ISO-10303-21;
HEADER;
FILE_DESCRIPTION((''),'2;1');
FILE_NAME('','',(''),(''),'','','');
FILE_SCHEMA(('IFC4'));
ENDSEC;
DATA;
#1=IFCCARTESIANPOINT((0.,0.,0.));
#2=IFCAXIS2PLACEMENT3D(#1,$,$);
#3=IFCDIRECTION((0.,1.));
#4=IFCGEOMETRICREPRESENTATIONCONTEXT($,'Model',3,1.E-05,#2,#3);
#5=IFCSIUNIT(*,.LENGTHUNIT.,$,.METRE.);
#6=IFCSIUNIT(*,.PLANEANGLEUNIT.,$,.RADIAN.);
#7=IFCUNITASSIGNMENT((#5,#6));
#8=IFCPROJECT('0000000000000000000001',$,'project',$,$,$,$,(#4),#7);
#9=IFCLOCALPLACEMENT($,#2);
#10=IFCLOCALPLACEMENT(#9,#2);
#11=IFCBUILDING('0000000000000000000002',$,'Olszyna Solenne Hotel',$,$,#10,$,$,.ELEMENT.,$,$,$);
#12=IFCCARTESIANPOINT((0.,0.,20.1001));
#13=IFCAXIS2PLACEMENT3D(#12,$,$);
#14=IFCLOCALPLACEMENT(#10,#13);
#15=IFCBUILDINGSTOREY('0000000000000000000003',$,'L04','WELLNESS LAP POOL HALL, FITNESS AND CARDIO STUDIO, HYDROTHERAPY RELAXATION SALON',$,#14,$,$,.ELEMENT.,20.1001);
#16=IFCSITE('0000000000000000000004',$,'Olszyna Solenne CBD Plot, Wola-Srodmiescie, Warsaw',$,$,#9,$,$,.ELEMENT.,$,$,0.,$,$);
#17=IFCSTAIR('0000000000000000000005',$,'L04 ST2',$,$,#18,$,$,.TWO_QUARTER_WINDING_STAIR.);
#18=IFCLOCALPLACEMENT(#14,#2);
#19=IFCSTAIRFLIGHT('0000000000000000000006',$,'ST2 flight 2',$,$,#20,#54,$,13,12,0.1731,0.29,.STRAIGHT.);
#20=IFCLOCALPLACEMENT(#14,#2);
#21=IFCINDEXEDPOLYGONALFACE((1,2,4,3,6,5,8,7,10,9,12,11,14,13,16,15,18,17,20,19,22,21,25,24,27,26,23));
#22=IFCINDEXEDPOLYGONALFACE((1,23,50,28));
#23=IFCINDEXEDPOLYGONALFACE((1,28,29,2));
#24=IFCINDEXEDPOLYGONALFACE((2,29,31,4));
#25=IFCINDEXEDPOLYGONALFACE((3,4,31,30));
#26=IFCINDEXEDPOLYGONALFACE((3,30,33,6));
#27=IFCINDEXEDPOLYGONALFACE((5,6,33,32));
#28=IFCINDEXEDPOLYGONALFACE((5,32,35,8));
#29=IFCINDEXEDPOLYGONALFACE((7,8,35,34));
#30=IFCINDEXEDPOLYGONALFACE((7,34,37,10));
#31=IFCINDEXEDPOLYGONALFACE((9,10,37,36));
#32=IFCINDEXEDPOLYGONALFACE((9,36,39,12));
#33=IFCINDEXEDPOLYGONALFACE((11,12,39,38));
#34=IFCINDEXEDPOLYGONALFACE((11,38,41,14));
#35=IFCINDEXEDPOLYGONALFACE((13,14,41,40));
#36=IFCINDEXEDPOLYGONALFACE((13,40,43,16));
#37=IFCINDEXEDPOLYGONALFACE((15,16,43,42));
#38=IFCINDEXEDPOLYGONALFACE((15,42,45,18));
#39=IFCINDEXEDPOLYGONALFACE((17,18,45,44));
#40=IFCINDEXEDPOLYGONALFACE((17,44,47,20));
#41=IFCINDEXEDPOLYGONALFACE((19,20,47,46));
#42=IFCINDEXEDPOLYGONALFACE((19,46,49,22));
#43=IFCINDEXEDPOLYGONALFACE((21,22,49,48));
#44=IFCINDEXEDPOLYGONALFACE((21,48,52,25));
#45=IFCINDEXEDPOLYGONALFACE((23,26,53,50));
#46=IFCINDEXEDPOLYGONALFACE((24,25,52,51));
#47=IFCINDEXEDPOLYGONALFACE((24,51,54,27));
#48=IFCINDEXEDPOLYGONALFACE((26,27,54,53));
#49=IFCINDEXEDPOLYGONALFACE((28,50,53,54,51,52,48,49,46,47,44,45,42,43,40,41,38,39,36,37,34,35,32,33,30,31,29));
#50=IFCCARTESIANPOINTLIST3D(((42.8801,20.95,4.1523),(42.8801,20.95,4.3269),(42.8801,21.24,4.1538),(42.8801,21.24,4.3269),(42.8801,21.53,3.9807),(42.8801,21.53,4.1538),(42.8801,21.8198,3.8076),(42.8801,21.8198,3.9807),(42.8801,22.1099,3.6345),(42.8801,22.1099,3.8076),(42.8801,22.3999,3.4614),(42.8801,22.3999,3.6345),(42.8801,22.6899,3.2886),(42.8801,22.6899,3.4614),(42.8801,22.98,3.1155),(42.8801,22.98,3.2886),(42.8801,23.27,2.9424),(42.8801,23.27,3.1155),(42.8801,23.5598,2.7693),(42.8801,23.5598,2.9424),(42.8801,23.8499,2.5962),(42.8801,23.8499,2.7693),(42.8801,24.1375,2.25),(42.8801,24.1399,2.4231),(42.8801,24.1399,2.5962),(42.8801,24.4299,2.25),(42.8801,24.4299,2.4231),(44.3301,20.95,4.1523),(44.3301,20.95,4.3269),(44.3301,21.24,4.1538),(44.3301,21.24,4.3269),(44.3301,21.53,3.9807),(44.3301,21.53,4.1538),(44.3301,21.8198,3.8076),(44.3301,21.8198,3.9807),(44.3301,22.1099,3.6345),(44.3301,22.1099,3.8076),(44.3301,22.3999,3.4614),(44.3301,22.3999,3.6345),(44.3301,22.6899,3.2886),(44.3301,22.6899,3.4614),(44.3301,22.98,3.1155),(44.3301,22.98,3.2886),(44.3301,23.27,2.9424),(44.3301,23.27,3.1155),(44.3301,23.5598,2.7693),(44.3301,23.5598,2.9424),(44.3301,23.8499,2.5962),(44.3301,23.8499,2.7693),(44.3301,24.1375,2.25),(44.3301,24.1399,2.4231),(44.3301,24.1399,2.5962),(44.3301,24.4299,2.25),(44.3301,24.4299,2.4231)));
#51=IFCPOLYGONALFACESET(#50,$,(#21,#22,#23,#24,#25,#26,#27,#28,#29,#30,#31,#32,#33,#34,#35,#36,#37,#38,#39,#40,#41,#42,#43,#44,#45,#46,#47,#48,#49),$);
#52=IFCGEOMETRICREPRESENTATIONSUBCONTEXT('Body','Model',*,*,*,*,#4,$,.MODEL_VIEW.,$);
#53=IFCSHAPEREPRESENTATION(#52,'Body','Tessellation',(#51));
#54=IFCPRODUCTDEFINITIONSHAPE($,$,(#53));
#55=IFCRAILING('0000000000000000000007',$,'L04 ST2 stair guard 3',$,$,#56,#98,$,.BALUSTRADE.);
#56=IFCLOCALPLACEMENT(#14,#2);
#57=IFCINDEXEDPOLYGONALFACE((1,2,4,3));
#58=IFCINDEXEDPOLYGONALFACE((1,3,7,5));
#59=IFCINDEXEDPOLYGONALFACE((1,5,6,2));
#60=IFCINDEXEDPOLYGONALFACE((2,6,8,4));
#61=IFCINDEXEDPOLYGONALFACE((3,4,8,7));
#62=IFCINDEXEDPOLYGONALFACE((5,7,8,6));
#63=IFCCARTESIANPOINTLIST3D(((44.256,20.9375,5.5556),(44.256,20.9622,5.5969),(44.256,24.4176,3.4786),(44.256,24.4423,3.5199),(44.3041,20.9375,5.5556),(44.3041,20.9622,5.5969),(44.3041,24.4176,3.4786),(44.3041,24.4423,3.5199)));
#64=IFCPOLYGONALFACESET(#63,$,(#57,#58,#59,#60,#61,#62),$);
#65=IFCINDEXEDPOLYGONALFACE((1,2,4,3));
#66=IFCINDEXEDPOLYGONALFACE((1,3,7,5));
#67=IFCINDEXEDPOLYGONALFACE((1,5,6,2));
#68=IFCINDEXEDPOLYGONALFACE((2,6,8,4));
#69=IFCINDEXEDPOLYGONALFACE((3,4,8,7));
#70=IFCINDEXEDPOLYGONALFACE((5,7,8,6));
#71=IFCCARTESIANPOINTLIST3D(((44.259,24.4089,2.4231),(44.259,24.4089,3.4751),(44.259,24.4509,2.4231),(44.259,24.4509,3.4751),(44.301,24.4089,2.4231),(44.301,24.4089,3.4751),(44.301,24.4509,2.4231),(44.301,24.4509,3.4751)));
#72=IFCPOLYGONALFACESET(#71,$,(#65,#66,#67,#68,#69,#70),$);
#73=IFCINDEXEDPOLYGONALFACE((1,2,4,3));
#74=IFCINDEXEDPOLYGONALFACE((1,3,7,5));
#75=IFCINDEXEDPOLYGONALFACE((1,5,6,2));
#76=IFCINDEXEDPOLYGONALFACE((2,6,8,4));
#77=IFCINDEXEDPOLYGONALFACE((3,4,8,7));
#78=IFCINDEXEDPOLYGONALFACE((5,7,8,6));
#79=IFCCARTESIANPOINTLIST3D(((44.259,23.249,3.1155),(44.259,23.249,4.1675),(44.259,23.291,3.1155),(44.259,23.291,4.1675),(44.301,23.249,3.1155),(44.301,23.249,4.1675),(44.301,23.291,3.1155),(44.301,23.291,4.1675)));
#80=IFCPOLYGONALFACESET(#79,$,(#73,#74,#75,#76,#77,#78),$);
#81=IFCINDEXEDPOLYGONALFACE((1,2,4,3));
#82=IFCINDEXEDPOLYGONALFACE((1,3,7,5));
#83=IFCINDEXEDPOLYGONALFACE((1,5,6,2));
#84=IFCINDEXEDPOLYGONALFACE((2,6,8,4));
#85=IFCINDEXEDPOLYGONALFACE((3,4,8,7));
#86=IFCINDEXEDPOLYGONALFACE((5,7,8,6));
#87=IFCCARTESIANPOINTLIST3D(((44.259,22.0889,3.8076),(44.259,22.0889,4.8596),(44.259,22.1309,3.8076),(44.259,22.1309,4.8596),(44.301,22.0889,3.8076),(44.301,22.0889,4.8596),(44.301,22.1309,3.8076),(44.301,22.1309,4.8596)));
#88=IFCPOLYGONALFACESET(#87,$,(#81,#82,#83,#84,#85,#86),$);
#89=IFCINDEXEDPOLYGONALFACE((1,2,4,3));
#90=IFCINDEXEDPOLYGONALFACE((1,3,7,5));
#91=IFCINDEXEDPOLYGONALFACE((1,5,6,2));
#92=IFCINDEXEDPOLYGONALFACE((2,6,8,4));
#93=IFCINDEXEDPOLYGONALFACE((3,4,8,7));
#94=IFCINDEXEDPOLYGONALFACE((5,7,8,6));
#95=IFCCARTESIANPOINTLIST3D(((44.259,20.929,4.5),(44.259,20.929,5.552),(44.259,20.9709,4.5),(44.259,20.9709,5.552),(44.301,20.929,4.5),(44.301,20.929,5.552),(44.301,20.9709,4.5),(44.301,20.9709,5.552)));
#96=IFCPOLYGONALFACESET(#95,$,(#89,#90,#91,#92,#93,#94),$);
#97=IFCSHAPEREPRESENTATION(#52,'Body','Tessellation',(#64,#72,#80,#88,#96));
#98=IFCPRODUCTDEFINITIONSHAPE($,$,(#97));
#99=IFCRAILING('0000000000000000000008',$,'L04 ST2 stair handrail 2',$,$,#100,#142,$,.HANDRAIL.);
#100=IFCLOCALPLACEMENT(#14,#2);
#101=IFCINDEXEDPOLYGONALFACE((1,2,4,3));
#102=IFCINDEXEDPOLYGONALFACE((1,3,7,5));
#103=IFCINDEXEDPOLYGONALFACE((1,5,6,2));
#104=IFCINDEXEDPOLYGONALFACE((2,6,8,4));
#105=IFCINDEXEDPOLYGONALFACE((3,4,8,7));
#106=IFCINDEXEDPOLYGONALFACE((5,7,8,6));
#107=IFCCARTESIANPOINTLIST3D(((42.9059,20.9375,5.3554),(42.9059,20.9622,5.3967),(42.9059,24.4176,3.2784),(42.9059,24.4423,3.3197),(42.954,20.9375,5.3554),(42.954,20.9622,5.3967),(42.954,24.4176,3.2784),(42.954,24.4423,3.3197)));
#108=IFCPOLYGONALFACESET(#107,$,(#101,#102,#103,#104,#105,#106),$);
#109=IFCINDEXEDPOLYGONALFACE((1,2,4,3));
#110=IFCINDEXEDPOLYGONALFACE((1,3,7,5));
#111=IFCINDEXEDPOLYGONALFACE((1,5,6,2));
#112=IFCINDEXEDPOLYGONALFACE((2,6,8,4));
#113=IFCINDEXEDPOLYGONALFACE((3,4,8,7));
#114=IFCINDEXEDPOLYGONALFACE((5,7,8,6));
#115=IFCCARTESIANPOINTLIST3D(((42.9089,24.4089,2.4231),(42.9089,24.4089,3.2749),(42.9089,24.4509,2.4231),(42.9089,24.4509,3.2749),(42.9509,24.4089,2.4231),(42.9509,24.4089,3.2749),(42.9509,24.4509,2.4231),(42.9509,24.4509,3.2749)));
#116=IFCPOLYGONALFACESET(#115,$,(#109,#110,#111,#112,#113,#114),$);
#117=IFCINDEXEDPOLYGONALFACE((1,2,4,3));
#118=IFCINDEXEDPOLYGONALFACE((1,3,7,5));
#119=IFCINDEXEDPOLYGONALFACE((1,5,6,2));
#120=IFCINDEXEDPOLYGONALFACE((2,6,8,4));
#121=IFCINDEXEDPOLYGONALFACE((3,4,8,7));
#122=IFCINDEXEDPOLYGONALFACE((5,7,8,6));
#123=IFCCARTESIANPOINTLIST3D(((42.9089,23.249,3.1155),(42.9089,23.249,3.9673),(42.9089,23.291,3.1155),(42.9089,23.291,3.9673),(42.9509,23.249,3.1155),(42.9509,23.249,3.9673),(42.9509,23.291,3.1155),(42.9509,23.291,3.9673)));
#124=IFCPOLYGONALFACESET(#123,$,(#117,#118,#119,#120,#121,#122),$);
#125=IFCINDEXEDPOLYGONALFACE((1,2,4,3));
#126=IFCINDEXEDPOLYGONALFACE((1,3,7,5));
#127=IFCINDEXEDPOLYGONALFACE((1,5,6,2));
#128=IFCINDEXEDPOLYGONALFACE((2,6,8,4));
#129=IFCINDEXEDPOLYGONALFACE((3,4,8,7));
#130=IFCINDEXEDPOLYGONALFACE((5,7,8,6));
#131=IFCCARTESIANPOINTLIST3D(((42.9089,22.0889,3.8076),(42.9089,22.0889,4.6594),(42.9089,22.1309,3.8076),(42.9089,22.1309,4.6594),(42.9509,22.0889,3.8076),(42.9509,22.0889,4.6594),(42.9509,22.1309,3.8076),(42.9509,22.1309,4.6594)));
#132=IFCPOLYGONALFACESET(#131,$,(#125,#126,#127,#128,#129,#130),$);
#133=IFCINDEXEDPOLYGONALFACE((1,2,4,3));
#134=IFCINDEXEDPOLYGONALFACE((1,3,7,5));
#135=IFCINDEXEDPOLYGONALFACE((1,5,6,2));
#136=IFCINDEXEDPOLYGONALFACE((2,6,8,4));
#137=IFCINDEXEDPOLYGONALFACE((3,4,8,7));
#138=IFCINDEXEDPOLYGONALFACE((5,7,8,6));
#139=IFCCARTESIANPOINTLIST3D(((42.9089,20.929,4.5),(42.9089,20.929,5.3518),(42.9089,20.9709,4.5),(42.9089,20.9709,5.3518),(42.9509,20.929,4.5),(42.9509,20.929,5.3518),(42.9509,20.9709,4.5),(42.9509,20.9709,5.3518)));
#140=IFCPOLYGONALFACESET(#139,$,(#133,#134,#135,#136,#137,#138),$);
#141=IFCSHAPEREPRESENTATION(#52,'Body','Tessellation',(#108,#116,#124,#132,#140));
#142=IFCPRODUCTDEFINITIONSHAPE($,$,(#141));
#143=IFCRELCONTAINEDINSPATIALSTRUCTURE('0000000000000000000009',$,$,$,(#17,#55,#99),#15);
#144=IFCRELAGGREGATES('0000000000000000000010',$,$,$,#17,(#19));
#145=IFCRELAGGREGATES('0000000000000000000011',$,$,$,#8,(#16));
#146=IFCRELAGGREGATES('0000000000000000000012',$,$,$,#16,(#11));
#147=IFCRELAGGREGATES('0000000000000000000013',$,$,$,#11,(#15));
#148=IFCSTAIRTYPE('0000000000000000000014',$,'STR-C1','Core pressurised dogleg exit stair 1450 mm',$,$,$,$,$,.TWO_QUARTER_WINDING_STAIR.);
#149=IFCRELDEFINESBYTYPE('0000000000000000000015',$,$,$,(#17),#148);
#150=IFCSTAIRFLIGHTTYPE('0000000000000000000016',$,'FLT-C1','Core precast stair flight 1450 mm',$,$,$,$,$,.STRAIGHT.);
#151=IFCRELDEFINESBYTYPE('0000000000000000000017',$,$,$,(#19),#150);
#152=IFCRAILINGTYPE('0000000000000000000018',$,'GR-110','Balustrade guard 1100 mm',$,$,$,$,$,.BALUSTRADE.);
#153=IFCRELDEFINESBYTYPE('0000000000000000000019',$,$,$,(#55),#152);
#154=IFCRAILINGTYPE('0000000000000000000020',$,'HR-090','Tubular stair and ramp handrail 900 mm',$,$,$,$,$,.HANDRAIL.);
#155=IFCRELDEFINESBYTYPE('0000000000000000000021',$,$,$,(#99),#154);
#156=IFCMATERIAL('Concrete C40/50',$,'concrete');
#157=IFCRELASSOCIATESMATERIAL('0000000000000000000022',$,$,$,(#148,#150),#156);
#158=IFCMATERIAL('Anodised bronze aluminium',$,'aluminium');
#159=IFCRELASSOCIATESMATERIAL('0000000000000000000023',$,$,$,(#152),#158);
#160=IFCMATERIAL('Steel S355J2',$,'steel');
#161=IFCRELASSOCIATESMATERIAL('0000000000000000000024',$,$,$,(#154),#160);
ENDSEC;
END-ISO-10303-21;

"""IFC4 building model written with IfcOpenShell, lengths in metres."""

from ifc_helpers import new_model, si_unit, direction, frame, origin, origin_2d, place, context, subcontext, project, spatial, polyline, rectangle, outline, extrude, material, type_object, element, aggregate, save


model = new_model("IFC4")

# Units and contexts
model_context = context("Model", 3, precision=1e-05, world=origin(), true_north=direction((0.0, 1.0)))
body_context = subcontext(model_context, "Body", "Model", "MODEL_VIEW")
ifc_project = project(units=[si_unit("LENGTHUNIT", "METRE"), si_unit("PLANEANGLEUNIT", "RADIAN")], contexts=[model_context])

# Site, building, storey
site_placement = place(None, origin())
site = spatial("IfcSite", under=ifc_project, at=site_placement, Name="Olszyna Solenne CBD Plot, Wola-Srodmiescie, Warsaw", CompositionType="ELEMENT", RefElevation=0.0)
building_placement = place(site_placement, origin())
building = spatial("IfcBuilding", under=site, at=building_placement, Name="Olszyna Solenne Hotel", CompositionType="ELEMENT")
storey_placement = place(building_placement, frame((0.0, 0.0, 20.1001)))
storey = spatial("IfcBuildingStorey", under=building, at=storey_placement, Name="L04", Description="WELLNESS LAP POOL HALL, FITNESS AND CARDIO STUDIO, HYDROTHERAPY RELAXATION SALON", CompositionType="ELEMENT", Elevation=20.1001)

# Shared definitions
ifc_material_1 = material(Name="Anodised bronze aluminium", Category="aluminium")

# Shared definitions
ifc_material_2 = material(Name="Steel S355J2", Category="steel")

# Stair, stair flight
ifc_material_3 = material(Name="Concrete C40/50", Category="concrete")
stair_type = type_object("IfcStairType", Name="STR-C1", Description="Core pressurised dogleg exit stair 1450 mm", PredefinedType="TWO_QUARTER_WINDING_STAIR", material=ifc_material_3)
stair_placement = place(storey_placement, origin())
stair = element("IfcStair", 1, at=stair_placement, inside=storey, type_object=stair_type, Name="L04 ST2", PredefinedType="TWO_QUARTER_WINDING_STAIR")
stair_flight_type = type_object("IfcStairFlightType", Name="FLT-C1", Description="Core precast stair flight 1450 mm", PredefinedType="STRAIGHT", material=ifc_material_3)
stair_flight_placement = place(storey_placement, frame((43.605, 24.4299, 2.25), z_axis=(0.0, 0.0, 1.0), x_axis=(0.0, -1.0, 0.0)))
stair_flight = element("IfcStairFlight", 2, at=stair_flight_placement, type_object=stair_flight_type, Name="ST2 flight 2", NumberOfRisers=13, NumberOfTreads=12, PredefinedType="STRAIGHT", RiserHeight=0.1731, TreadLength=0.29, context=body_context, shape_type="SweptSolid", body=[
    extrude(outline(polyline([(0.0, 0.0), (0.0, 0.1731), (0.29, 0.1731), (0.29, 0.3462), (0.5801, 0.3462), (0.5801, 0.5193), (0.8701, 0.5193), (0.8701, 0.6924), (1.1599, 0.6924), (1.1599, 0.8655), (1.45, 0.8655), (1.45, 1.0386), (1.74, 1.0386), (1.74, 1.2114), (2.03, 1.2114), (2.03, 1.3845), (2.3201, 1.3845), (2.3201, 1.5576), (2.6101, 1.5576), (2.6101, 1.7307), (2.8999, 1.7307), (2.8999, 1.9038), (3.1899, 1.9038), (3.1899, 2.0769), (3.48, 2.0769), (3.48, 2.25), (3.48, 1.9023), (0.2925, 0.0), (0.0, 0.0)])), frame((0.0, 0.7251, 0.0), z_axis=(0.0, -1.0, 0.0), x_axis=(1.0, 0.0, 0.0)), (0.0, 0.0, 1.0), 1.45),
])
aggregate(stair, [stair_flight])

# Railings
railing_type_1 = type_object("IfcRailingType", Name="GR-110", Description="Balustrade guard 1100 mm", PredefinedType="BALUSTRADE", material=ifc_material_1)
railing_1_placement = place(storey_placement, frame((44.28, 24.4299, 2.4231)))
element("IfcRailing", 3, at=railing_1_placement, inside=storey, type_object=railing_type_1, Name="L04 ST2 stair guard 3", PredefinedType="BALUSTRADE", context=body_context, shape_type="SweptSolid", body=[
    extrude(rectangle(XDim=0.0481, YDim=0.0481, at=origin_2d()), frame((0.0, 0.0, 1.0762), z_axis=(0.0, -0.858697, 0.512483), x_axis=(1.0, 0.0, 0.0)), (0.0, 0.0, 1.0), 4.0527),
    extrude(rectangle(XDim=0.042, YDim=0.042, at=origin_2d()), origin(), (0.0, 0.0, 1.0), 1.052),
    extrude(rectangle(XDim=0.042, YDim=0.042, at=origin_2d()), frame((0.0, -1.1599, 0.6924)), (0.0, 0.0, 1.0), 1.052),
    extrude(rectangle(XDim=0.042, YDim=0.042, at=origin_2d()), frame((0.0, -2.3201, 1.3845)), (0.0, 0.0, 1.0), 1.052),
    extrude(rectangle(XDim=0.042, YDim=0.042, at=origin_2d()), frame((0.0, -3.48, 2.0769)), (0.0, 0.0, 1.0), 1.052),
])
railing_type_2 = type_object("IfcRailingType", Name="HR-090", Description="Tubular stair and ramp handrail 900 mm", PredefinedType="HANDRAIL", material=ifc_material_2)
railing_2_placement = place(storey_placement, frame((42.9299, 24.4299, 2.4231)))
element("IfcRailing", 4, at=railing_2_placement, inside=storey, type_object=railing_type_2, Name="L04 ST2 stair handrail 2", PredefinedType="HANDRAIL", context=body_context, shape_type="SweptSolid", body=[
    extrude(rectangle(XDim=0.0481, YDim=0.0481, at=origin_2d()), frame((0.0, 0.0, 0.876), z_axis=(0.0, -0.858697, 0.512483), x_axis=(1.0, 0.0, 0.0)), (0.0, 0.0, 1.0), 4.0527),
    extrude(rectangle(XDim=0.042, YDim=0.042, at=origin_2d()), origin(), (0.0, 0.0, 1.0), 0.8518),
    extrude(rectangle(XDim=0.042, YDim=0.042, at=origin_2d()), frame((0.0, -1.1599, 0.6924)), (0.0, 0.0, 1.0), 0.8518),
    extrude(rectangle(XDim=0.042, YDim=0.042, at=origin_2d()), frame((0.0, -2.3201, 1.3845)), (0.0, 0.0, 1.0), 0.8518),
    extrude(rectangle(XDim=0.042, YDim=0.042, at=origin_2d()), frame((0.0, -3.48, 2.0769)), (0.0, 0.0, 1.0), 0.8518),
])

save(model, "model.ifc")
